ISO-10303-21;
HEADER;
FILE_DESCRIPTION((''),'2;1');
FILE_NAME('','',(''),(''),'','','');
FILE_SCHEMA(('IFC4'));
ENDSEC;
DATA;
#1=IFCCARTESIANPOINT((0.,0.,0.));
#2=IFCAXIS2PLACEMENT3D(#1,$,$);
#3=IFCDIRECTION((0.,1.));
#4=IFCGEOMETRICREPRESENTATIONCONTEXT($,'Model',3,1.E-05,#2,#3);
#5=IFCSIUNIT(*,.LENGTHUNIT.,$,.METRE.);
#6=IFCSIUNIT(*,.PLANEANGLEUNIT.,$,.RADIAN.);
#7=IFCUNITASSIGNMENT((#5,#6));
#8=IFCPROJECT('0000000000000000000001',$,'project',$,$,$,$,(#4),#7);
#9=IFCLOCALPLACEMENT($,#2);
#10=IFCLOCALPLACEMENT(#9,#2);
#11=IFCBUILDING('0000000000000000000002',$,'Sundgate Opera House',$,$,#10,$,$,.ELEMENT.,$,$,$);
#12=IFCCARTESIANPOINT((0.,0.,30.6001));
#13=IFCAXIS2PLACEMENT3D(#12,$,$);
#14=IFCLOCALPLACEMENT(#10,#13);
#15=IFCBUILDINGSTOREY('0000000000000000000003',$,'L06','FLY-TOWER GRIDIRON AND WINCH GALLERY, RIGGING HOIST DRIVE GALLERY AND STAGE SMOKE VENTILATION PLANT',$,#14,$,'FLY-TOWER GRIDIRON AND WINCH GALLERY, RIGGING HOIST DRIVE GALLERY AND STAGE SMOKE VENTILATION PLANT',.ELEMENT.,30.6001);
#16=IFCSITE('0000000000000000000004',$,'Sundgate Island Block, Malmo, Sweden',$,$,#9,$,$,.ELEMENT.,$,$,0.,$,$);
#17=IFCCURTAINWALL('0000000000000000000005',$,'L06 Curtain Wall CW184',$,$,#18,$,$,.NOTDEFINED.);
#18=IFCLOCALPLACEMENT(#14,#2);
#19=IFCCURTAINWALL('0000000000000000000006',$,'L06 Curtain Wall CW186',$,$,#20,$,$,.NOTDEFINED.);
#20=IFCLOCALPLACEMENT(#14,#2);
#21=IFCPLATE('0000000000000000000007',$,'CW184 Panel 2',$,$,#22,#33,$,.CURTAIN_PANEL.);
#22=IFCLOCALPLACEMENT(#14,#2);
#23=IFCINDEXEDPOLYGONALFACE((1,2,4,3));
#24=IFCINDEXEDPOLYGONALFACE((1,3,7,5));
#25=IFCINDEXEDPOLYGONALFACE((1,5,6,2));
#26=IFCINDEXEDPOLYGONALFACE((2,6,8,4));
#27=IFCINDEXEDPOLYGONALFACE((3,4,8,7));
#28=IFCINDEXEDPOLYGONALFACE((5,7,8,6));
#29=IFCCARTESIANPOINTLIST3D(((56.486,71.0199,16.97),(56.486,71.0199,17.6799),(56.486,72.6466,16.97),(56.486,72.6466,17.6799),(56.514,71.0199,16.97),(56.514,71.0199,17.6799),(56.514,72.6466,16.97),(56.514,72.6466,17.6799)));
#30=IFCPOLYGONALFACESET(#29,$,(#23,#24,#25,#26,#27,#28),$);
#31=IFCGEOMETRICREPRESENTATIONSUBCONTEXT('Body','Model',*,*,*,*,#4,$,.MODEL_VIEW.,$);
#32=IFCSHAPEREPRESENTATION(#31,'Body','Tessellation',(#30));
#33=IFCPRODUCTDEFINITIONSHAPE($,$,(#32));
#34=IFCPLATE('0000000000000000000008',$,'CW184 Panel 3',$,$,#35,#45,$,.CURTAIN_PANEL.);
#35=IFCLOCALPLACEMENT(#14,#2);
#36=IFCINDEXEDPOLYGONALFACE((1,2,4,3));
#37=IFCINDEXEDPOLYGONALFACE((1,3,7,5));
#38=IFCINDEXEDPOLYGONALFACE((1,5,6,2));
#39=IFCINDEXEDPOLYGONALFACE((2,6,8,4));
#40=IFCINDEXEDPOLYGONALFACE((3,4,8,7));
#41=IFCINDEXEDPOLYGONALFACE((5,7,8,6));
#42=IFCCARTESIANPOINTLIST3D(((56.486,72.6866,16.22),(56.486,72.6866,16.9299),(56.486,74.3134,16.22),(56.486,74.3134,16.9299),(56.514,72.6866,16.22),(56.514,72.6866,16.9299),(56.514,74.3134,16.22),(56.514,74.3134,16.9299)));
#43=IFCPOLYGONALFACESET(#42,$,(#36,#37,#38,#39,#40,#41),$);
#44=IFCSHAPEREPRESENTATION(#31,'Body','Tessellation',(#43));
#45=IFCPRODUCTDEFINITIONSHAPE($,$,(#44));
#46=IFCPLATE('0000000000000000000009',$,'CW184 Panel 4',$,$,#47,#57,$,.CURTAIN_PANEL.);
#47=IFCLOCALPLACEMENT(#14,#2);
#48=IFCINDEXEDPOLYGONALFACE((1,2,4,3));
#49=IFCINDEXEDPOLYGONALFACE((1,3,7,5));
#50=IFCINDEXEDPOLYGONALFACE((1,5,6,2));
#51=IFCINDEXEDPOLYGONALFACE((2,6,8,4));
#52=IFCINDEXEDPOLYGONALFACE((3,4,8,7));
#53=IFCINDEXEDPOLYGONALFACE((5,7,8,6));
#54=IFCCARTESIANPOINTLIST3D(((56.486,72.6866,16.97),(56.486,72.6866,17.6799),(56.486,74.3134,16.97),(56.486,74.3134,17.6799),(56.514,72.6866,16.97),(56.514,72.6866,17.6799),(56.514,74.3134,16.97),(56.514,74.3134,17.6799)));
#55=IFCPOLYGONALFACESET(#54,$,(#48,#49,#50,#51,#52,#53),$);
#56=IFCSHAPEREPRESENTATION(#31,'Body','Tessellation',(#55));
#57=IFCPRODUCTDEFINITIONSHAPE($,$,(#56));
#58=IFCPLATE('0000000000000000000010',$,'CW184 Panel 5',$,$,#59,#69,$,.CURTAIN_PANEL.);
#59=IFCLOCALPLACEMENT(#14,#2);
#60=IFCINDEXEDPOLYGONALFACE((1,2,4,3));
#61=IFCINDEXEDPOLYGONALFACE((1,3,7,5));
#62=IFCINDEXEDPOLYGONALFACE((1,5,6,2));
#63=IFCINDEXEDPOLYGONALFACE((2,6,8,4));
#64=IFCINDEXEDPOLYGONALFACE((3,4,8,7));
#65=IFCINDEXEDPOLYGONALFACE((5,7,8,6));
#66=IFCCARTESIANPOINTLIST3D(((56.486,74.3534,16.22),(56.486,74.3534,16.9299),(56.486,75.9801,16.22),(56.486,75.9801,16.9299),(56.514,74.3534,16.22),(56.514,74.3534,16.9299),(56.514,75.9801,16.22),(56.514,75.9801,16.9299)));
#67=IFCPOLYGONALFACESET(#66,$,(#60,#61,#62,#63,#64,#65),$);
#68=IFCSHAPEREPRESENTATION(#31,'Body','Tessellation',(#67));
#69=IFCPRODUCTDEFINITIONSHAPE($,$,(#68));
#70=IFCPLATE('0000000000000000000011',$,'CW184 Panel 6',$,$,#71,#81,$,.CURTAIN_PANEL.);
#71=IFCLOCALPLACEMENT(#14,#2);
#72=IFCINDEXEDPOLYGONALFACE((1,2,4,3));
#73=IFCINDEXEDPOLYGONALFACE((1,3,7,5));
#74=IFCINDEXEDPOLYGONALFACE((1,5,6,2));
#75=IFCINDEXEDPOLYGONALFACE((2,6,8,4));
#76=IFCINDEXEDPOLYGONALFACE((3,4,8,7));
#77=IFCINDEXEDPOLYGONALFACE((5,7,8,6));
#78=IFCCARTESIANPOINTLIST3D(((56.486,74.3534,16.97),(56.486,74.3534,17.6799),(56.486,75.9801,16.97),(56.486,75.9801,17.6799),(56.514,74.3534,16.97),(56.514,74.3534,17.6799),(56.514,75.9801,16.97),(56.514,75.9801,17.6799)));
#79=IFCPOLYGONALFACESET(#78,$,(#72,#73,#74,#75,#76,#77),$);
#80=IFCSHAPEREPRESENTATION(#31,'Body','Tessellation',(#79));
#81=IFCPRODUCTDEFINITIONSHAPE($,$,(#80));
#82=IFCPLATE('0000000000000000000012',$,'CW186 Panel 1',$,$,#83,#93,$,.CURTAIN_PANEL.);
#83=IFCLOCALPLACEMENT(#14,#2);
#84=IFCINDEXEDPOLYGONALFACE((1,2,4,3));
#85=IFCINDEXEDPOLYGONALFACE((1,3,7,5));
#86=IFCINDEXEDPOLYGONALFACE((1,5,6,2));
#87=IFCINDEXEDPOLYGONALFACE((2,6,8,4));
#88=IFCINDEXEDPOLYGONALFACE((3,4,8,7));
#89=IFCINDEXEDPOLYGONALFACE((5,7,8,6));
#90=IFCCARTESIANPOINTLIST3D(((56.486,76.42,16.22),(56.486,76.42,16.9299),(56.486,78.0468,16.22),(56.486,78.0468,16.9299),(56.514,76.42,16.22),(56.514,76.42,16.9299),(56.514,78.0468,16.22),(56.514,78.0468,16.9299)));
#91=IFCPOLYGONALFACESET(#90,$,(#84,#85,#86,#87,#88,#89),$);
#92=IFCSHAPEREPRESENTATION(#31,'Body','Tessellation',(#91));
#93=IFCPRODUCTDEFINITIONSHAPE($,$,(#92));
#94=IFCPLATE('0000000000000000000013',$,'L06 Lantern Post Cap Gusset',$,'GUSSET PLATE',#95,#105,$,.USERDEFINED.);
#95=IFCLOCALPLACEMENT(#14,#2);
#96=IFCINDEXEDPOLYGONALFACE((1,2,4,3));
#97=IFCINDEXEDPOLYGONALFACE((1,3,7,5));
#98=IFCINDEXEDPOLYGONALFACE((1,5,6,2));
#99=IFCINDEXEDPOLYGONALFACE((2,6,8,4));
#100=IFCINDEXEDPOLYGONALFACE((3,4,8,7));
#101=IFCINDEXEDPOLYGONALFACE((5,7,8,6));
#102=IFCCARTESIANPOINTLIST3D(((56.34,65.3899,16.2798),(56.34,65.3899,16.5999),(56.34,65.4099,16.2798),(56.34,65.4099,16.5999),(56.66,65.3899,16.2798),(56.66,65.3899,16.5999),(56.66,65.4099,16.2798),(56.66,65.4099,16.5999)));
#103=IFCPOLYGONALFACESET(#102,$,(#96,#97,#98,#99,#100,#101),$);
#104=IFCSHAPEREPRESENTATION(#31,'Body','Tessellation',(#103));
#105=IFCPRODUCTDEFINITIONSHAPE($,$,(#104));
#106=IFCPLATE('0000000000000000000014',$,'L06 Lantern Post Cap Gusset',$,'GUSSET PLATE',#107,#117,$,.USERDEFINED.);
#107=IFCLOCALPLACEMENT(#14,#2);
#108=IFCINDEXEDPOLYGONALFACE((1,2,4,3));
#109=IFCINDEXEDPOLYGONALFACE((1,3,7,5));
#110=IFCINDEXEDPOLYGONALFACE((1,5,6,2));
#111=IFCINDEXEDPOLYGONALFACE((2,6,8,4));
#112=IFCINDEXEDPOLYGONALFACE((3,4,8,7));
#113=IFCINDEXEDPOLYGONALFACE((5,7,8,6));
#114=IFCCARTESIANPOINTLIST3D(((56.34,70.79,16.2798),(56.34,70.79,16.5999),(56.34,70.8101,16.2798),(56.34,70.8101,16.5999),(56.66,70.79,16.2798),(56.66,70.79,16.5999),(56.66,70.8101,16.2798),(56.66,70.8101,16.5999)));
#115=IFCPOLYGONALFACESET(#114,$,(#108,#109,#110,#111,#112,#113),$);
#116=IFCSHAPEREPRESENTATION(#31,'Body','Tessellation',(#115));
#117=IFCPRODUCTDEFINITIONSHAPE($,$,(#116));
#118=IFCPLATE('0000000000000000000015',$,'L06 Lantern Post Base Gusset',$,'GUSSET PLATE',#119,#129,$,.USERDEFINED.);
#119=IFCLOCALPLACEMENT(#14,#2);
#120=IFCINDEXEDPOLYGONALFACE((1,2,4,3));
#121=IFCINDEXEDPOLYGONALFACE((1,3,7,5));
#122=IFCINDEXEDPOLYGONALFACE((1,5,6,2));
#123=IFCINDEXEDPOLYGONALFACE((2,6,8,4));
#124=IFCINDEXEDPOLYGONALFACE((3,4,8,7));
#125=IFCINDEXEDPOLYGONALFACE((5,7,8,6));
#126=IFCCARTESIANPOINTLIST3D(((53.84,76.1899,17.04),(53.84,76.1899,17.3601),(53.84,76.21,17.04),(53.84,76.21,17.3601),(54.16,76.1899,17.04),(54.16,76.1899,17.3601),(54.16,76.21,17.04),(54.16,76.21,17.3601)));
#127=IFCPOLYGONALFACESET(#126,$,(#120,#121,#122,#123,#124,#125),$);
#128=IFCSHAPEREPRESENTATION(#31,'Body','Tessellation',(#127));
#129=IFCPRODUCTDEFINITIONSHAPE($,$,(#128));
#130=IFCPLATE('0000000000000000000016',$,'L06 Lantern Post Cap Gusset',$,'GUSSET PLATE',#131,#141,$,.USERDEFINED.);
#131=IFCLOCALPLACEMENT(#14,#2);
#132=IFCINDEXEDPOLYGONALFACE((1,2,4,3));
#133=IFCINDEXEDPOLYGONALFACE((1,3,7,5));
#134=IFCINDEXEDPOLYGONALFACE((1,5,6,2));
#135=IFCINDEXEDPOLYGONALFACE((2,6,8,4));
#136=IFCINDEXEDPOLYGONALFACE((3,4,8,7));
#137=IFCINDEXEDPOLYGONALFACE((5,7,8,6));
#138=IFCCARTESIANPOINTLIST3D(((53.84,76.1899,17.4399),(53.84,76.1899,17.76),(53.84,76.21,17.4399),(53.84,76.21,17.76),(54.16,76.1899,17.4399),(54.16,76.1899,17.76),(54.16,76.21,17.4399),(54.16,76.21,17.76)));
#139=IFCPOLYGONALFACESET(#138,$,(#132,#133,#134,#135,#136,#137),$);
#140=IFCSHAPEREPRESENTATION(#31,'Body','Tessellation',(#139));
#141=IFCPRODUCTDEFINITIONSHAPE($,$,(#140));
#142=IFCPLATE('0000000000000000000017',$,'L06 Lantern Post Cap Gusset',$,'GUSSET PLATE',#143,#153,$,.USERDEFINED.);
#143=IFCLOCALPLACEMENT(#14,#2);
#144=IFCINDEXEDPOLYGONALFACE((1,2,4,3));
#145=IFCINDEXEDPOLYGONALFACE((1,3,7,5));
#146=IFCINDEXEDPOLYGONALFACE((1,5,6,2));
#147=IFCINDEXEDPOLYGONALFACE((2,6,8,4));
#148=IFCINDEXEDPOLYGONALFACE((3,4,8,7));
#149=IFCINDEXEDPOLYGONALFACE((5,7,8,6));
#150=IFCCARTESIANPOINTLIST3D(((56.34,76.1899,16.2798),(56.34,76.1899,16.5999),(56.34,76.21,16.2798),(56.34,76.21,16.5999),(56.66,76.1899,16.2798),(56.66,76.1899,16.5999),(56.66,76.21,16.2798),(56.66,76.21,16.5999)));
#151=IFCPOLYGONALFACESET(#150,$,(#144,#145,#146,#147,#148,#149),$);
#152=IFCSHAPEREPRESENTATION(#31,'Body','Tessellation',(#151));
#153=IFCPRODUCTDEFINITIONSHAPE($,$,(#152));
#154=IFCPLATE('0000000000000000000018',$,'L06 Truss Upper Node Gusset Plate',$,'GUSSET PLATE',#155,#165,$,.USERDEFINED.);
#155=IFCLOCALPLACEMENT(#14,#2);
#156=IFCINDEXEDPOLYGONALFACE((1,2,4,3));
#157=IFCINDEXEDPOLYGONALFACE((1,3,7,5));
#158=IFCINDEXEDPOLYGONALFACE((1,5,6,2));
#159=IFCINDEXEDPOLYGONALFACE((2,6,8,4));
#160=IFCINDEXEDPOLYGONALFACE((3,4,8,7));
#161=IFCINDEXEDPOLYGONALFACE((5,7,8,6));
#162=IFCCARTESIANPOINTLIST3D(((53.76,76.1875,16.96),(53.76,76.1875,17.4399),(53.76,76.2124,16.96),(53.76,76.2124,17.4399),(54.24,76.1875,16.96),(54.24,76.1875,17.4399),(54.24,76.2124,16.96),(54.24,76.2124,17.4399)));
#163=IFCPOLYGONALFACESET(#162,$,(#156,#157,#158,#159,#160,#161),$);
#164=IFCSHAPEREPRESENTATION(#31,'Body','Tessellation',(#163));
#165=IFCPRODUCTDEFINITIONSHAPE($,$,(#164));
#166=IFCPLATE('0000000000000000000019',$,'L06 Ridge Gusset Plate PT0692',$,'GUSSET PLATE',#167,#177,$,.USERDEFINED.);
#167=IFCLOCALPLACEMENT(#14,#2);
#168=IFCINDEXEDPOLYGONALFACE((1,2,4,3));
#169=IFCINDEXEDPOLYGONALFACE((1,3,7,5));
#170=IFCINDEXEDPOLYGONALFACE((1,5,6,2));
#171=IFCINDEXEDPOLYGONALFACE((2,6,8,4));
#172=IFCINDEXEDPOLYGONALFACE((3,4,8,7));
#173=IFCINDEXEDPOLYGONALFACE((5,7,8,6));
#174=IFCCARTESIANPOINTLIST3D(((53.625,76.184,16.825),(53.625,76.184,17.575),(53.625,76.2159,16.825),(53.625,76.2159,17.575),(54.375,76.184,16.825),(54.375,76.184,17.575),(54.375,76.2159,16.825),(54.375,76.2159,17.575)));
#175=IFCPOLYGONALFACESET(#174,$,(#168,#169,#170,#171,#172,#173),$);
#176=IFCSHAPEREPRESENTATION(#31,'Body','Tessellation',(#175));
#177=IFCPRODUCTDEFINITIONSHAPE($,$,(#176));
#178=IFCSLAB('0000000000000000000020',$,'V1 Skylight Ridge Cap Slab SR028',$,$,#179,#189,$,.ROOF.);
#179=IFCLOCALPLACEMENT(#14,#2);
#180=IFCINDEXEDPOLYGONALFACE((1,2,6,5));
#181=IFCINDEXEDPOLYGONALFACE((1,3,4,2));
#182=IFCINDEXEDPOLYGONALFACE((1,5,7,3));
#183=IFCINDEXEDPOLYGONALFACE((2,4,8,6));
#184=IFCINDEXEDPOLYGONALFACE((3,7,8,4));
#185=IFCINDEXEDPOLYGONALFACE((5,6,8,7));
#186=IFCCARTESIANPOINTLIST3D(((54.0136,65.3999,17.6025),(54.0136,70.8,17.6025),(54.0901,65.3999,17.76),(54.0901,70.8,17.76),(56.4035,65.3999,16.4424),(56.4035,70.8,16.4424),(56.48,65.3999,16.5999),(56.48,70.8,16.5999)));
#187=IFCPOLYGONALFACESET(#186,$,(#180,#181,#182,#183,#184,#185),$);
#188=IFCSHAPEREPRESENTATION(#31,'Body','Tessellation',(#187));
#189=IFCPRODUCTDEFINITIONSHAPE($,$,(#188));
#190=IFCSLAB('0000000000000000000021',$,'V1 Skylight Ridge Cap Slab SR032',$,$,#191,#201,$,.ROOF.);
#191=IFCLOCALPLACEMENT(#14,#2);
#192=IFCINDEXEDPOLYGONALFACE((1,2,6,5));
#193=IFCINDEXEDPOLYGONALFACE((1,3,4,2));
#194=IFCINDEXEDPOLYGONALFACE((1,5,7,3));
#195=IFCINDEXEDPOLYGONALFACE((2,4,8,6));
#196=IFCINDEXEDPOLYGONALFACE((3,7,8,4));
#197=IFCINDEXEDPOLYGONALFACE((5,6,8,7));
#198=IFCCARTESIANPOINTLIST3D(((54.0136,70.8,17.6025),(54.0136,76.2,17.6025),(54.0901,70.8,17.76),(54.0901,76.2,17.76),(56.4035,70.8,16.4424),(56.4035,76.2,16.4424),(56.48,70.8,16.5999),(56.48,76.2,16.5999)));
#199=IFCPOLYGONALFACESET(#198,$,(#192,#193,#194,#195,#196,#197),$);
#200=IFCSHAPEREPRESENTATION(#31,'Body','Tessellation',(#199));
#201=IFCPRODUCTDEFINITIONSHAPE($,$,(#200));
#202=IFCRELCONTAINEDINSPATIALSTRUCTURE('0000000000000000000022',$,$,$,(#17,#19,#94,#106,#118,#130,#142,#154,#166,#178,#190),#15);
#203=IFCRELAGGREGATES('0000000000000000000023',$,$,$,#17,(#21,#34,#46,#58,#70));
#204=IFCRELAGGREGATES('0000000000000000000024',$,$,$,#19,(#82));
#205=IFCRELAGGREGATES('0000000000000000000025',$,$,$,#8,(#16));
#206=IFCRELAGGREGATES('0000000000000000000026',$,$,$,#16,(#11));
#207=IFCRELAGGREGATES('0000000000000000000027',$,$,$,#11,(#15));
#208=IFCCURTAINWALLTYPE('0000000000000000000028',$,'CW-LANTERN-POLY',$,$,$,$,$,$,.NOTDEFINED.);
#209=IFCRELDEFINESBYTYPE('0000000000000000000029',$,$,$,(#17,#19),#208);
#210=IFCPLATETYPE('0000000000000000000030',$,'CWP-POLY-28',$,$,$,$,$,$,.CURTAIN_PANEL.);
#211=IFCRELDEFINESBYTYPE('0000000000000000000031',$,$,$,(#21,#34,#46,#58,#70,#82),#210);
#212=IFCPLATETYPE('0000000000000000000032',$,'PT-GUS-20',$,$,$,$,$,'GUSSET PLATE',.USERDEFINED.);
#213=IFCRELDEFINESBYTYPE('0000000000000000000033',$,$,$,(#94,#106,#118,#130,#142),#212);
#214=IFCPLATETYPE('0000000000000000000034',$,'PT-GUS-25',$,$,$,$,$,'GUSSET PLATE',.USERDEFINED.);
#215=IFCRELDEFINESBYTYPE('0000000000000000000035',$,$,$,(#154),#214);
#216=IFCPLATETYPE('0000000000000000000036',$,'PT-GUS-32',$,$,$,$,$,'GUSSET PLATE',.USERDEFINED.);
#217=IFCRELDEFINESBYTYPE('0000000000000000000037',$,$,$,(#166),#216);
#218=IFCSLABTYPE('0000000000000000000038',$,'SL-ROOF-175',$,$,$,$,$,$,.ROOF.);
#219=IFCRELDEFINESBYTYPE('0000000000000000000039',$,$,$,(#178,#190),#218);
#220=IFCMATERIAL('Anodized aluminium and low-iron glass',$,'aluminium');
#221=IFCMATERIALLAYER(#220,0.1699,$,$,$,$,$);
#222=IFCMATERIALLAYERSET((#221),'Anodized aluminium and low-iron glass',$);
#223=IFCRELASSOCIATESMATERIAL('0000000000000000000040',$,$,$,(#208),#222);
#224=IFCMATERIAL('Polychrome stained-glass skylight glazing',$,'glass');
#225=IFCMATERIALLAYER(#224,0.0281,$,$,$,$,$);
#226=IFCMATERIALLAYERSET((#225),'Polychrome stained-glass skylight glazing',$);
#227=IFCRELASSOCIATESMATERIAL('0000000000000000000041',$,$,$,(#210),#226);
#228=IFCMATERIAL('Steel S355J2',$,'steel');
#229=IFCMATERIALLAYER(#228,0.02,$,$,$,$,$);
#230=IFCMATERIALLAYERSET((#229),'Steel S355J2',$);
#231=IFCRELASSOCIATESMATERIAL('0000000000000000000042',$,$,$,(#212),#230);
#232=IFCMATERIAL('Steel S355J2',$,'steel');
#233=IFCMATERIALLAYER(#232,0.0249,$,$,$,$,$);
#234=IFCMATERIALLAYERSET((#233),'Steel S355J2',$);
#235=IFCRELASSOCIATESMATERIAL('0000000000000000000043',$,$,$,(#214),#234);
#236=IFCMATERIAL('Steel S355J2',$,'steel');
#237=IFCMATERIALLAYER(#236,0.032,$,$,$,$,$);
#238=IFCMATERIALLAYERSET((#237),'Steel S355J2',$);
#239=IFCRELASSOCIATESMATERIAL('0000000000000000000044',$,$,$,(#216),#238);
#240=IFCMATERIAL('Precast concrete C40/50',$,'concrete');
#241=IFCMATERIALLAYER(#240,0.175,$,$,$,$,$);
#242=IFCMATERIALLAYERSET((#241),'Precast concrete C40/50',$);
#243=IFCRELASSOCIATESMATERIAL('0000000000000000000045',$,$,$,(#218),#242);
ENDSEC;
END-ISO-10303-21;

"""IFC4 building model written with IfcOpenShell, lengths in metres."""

from ifc_helpers import new_model, si_unit, direction, frame, origin, origin_2d, place, context, subcontext, project, spatial, polyline, rectangle, outline, extrude, material, layer, layer_set, type_object, element, aggregate, save


model = new_model("IFC4")

# Units and contexts
model_context = context("Model", 3, precision=1e-05, world=origin(), true_north=direction((0.0, 1.0)))
body_context = subcontext(model_context, "Body", "Model", "MODEL_VIEW")
ifc_project = project(units=[si_unit("LENGTHUNIT", "METRE"), si_unit("PLANEANGLEUNIT", "RADIAN")], contexts=[model_context])

# Site, building, storey
site_placement = place(None, origin())
site = spatial("IfcSite", under=ifc_project, at=site_placement, Name="Sundgate Island Block, Malmo, Sweden", CompositionType="ELEMENT", RefElevation=0.0)
building_placement = place(site_placement, origin())
building = spatial("IfcBuilding", under=site, at=building_placement, Name="Sundgate Opera House", CompositionType="ELEMENT")
storey_placement = place(building_placement, frame((0.0, 0.0, 30.6001)))
storey = spatial("IfcBuildingStorey", under=building, at=storey_placement, Name="L06", Description="FLY-TOWER GRIDIRON AND WINCH GALLERY, RIGGING HOIST DRIVE GALLERY AND STAGE SMOKE VENTILATION PLANT", LongName="FLY-TOWER GRIDIRON AND WINCH GALLERY, RIGGING HOIST DRIVE GALLERY AND STAGE SMOKE VENTILATION PLANT", CompositionType="ELEMENT", Elevation=30.6001)

# Curtain walls
ifc_material_1 = material(Name="Anodized aluminium and low-iron glass", Category="aluminium")
ifc_layer_1 = layer(ifc_material_1, 0.1699)
ifc_layer_set_1 = layer_set([ifc_layer_1], Name="Anodized aluminium and low-iron glass")
curtain_wall_type = type_object("IfcCurtainWallType", Name="CW-LANTERN-POLY", PredefinedType="NOTDEFINED", material=ifc_layer_set_1)
curtain_wall_1_placement = place(storey_placement, origin())
curtain_wall_1 = element("IfcCurtainWall", 1, at=curtain_wall_1_placement, inside=storey, type_object=curtain_wall_type, Name="L06 Curtain Wall CW184", PredefinedType="NOTDEFINED")
curtain_wall_2_placement = place(storey_placement, origin())
curtain_wall_2 = element("IfcCurtainWall", 2, at=curtain_wall_2_placement, inside=storey, type_object=curtain_wall_type, Name="L06 Curtain Wall CW186", PredefinedType="NOTDEFINED")

# Plates
ifc_material_2 = material(Name="Polychrome stained-glass skylight glazing", Category="glass")
ifc_layer_2 = layer(ifc_material_2, 0.0281)
ifc_layer_set_2 = layer_set([ifc_layer_2], Name="Polychrome stained-glass skylight glazing")
plate_type_1 = type_object("IfcPlateType", Name="CWP-POLY-28", PredefinedType="CURTAIN_PANEL", material=ifc_layer_set_2)
plate_1_placement = place(storey_placement, frame((56.5, 71.8333, 16.97), z_axis=(0.0, 0.0, 1.0), x_axis=(0.0, 1.0, 0.0)))
plate_1 = element("IfcPlate", 3, at=plate_1_placement, type_object=plate_type_1, Name="CW184 Panel 2", PredefinedType="CURTAIN_PANEL", context=body_context, shape_type="SweptSolid", body=[
    extrude(rectangle(XDim=1.6267, YDim=0.0281, at=origin_2d()), origin(), (0.0, 0.0, 1.0), 0.71),
])
plate_2_placement = place(storey_placement, frame((56.5, 73.5, 16.22), z_axis=(0.0, 0.0, 1.0), x_axis=(0.0, 1.0, 0.0)))
plate_2 = element("IfcPlate", 4, at=plate_2_placement, type_object=plate_type_1, Name="CW184 Panel 3", PredefinedType="CURTAIN_PANEL", context=body_context, shape_type="SweptSolid", body=[
    extrude(rectangle(XDim=1.6267, YDim=0.0281, at=origin_2d()), origin(), (0.0, 0.0, 1.0), 0.71),
])
plate_3_placement = place(storey_placement, frame((56.5, 73.5, 16.97), z_axis=(0.0, 0.0, 1.0), x_axis=(0.0, 1.0, 0.0)))
plate_3 = element("IfcPlate", 5, at=plate_3_placement, type_object=plate_type_1, Name="CW184 Panel 4", PredefinedType="CURTAIN_PANEL", context=body_context, shape_type="SweptSolid", body=[
    extrude(rectangle(XDim=1.6267, YDim=0.0281, at=origin_2d()), origin(), (0.0, 0.0, 1.0), 0.71),
])
plate_4_placement = place(storey_placement, frame((56.5, 75.1667, 16.22), z_axis=(0.0, 0.0, 1.0), x_axis=(0.0, 1.0, 0.0)))
plate_4 = element("IfcPlate", 6, at=plate_4_placement, type_object=plate_type_1, Name="CW184 Panel 5", PredefinedType="CURTAIN_PANEL", context=body_context, shape_type="SweptSolid", body=[
    extrude(rectangle(XDim=1.6267, YDim=0.0281, at=origin_2d()), origin(), (0.0, 0.0, 1.0), 0.71),
])
plate_5_placement = place(storey_placement, frame((56.5, 75.1667, 16.97), z_axis=(0.0, 0.0, 1.0), x_axis=(0.0, 1.0, 0.0)))
plate_5 = element("IfcPlate", 7, at=plate_5_placement, type_object=plate_type_1, Name="CW184 Panel 6", PredefinedType="CURTAIN_PANEL", context=body_context, shape_type="SweptSolid", body=[
    extrude(rectangle(XDim=1.6267, YDim=0.0281, at=origin_2d()), origin(), (0.0, 0.0, 1.0), 0.71),
])
aggregate(curtain_wall_1, [plate_1, plate_2, plate_3, plate_4, plate_5])
plate_6_placement = place(storey_placement, frame((56.5, 77.2334, 16.22), z_axis=(0.0, 0.0, 1.0), x_axis=(0.0, 1.0, 0.0)))
plate_6 = element("IfcPlate", 8, at=plate_6_placement, type_object=plate_type_1, Name="CW186 Panel 1", PredefinedType="CURTAIN_PANEL", context=body_context, shape_type="SweptSolid", body=[
    extrude(rectangle(XDim=1.6267, YDim=0.0281, at=origin_2d()), origin(), (0.0, 0.0, 1.0), 0.71),
])
aggregate(curtain_wall_2, [plate_6])

# Plates
ifc_material_3 = material(Name="Steel S355J2", Category="steel")
ifc_layer_3 = layer(ifc_material_3, 0.02)
ifc_layer_set_3 = layer_set([ifc_layer_3], Name="Steel S355J2")
plate_type_2 = type_object("IfcPlateType", Name="PT-GUS-20", ElementType="GUSSET PLATE", PredefinedType="USERDEFINED", material=ifc_layer_set_3)
for number, where, z_axis, x_axis, name in (
    (9, (56.5, 65.3999, 16.2798), (0.0, 0.0, 1.0), (1.0, 0.0, 0.0), "L06 Lantern Post Cap Gusset"),
    (10, (56.5, 70.8, 16.2798), (0.0, 0.0, 1.0), (1.0, 0.0, 0.0), "L06 Lantern Post Cap Gusset"),
    (11, (54.0, 76.2, 17.04), (0.0, 0.0, 1.0), (1.0, 0.0, 0.0), "L06 Lantern Post Base Gusset"),
    (12, (54.0, 76.2, 17.4399), (0.0, 0.0, 1.0), (1.0, 0.0, 0.0), "L06 Lantern Post Cap Gusset"),
    (13, (56.5, 76.2, 16.2798), (0.0, 0.0, 1.0), (1.0, 0.0, 0.0), "L06 Lantern Post Cap Gusset"),
):
    element("IfcPlate", number, at=place(storey_placement, frame(where, z_axis=z_axis, x_axis=x_axis)), inside=storey, type_object=plate_type_2, Name=name, ObjectType="GUSSET PLATE", PredefinedType="USERDEFINED", context=body_context, shape_type="SweptSolid", body=[
        extrude(rectangle(XDim=0.3201, YDim=0.02, at=origin_2d()), origin(), (0.0, 0.0, 1.0), 0.3201),
    ])
ifc_material_4 = material(Name="Steel S355J2", Category="steel")
ifc_layer_4 = layer(ifc_material_4, 0.0249)
ifc_layer_set_4 = layer_set([ifc_layer_4], Name="Steel S355J2")
plate_type_3 = type_object("IfcPlateType", Name="PT-GUS-25", ElementType="GUSSET PLATE", PredefinedType="USERDEFINED", material=ifc_layer_set_4)
plate_7_placement = place(storey_placement, frame((54.0, 76.2, 16.96), z_axis=(0.0, 0.0, 1.0), x_axis=(1.0, 0.0, 0.0)))
element("IfcPlate", 14, at=plate_7_placement, inside=storey, type_object=plate_type_3, Name="L06 Truss Upper Node Gusset Plate", ObjectType="GUSSET PLATE", PredefinedType="USERDEFINED", context=body_context, shape_type="SweptSolid", body=[
    extrude(rectangle(XDim=0.48, YDim=0.0249, at=origin_2d()), origin(), (0.0, 0.0, 1.0), 0.48),
])
ifc_material_5 = material(Name="Steel S355J2", Category="steel")
ifc_layer_5 = layer(ifc_material_5, 0.032)
ifc_layer_set_5 = layer_set([ifc_layer_5], Name="Steel S355J2")
plate_type_4 = type_object("IfcPlateType", Name="PT-GUS-32", ElementType="GUSSET PLATE", PredefinedType="USERDEFINED", material=ifc_layer_set_5)
plate_8_placement = place(storey_placement, frame((54.0, 76.2, 16.825), z_axis=(0.0, 0.0, 1.0), x_axis=(1.0, 0.0, 0.0)))
element("IfcPlate", 15, at=plate_8_placement, inside=storey, type_object=plate_type_4, Name="L06 Ridge Gusset Plate PT0692", ObjectType="GUSSET PLATE", PredefinedType="USERDEFINED", context=body_context, shape_type="SweptSolid", body=[
    extrude(rectangle(XDim=0.75, YDim=0.032, at=origin_2d()), origin(), (0.0, 0.0, 1.0), 0.75),
])

# Slabs
ifc_material_6 = material(Name="Precast concrete C40/50", Category="concrete")
ifc_layer_6 = layer(ifc_material_6, 0.175)
ifc_layer_set_6 = layer_set([ifc_layer_6], Name="Precast concrete C40/50")
slab_type_1 = type_object("IfcSlabType", Name="SL-ROOF-175", PredefinedType="ROOF", material=ifc_layer_set_6)
slab_1_placement = place(storey_placement, frame((54.0901, 65.3999, 17.76), z_axis=(0.436706, 0.0, 0.899604), x_axis=(0.899604, 0.0, -0.436706)))
element("IfcSlab", 16, at=slab_1_placement, inside=storey, type_object=slab_type_1, Name="V1 Skylight Ridge Cap Slab SR028", PredefinedType="ROOF", context=body_context, shape_type="SweptSolid", body=[
    extrude(outline(polyline([(0.0, 0.0), (2.6566, 0.0), (2.6566, 5.4001), (0.0, 5.4001), (0.0, 0.0)])), origin(), (0.0, 0.0, -1.0), 0.175),
])
slab_2_placement = place(storey_placement, frame((54.0901, 70.8, 17.76), z_axis=(0.436706, 0.0, 0.899604), x_axis=(0.899604, 0.0, -0.436706)))
element("IfcSlab", 17, at=slab_2_placement, inside=storey, type_object=slab_type_1, Name="V1 Skylight Ridge Cap Slab SR032", PredefinedType="ROOF", context=body_context, shape_type="SweptSolid", body=[
    extrude(outline(polyline([(0.0, 0.0), (2.6566, 0.0), (2.6566, 5.3999), (0.0, 5.3999), (0.0, 0.0)])), origin(), (0.0, 0.0, -1.0), 0.175),
])

save(model, "model.ifc")
